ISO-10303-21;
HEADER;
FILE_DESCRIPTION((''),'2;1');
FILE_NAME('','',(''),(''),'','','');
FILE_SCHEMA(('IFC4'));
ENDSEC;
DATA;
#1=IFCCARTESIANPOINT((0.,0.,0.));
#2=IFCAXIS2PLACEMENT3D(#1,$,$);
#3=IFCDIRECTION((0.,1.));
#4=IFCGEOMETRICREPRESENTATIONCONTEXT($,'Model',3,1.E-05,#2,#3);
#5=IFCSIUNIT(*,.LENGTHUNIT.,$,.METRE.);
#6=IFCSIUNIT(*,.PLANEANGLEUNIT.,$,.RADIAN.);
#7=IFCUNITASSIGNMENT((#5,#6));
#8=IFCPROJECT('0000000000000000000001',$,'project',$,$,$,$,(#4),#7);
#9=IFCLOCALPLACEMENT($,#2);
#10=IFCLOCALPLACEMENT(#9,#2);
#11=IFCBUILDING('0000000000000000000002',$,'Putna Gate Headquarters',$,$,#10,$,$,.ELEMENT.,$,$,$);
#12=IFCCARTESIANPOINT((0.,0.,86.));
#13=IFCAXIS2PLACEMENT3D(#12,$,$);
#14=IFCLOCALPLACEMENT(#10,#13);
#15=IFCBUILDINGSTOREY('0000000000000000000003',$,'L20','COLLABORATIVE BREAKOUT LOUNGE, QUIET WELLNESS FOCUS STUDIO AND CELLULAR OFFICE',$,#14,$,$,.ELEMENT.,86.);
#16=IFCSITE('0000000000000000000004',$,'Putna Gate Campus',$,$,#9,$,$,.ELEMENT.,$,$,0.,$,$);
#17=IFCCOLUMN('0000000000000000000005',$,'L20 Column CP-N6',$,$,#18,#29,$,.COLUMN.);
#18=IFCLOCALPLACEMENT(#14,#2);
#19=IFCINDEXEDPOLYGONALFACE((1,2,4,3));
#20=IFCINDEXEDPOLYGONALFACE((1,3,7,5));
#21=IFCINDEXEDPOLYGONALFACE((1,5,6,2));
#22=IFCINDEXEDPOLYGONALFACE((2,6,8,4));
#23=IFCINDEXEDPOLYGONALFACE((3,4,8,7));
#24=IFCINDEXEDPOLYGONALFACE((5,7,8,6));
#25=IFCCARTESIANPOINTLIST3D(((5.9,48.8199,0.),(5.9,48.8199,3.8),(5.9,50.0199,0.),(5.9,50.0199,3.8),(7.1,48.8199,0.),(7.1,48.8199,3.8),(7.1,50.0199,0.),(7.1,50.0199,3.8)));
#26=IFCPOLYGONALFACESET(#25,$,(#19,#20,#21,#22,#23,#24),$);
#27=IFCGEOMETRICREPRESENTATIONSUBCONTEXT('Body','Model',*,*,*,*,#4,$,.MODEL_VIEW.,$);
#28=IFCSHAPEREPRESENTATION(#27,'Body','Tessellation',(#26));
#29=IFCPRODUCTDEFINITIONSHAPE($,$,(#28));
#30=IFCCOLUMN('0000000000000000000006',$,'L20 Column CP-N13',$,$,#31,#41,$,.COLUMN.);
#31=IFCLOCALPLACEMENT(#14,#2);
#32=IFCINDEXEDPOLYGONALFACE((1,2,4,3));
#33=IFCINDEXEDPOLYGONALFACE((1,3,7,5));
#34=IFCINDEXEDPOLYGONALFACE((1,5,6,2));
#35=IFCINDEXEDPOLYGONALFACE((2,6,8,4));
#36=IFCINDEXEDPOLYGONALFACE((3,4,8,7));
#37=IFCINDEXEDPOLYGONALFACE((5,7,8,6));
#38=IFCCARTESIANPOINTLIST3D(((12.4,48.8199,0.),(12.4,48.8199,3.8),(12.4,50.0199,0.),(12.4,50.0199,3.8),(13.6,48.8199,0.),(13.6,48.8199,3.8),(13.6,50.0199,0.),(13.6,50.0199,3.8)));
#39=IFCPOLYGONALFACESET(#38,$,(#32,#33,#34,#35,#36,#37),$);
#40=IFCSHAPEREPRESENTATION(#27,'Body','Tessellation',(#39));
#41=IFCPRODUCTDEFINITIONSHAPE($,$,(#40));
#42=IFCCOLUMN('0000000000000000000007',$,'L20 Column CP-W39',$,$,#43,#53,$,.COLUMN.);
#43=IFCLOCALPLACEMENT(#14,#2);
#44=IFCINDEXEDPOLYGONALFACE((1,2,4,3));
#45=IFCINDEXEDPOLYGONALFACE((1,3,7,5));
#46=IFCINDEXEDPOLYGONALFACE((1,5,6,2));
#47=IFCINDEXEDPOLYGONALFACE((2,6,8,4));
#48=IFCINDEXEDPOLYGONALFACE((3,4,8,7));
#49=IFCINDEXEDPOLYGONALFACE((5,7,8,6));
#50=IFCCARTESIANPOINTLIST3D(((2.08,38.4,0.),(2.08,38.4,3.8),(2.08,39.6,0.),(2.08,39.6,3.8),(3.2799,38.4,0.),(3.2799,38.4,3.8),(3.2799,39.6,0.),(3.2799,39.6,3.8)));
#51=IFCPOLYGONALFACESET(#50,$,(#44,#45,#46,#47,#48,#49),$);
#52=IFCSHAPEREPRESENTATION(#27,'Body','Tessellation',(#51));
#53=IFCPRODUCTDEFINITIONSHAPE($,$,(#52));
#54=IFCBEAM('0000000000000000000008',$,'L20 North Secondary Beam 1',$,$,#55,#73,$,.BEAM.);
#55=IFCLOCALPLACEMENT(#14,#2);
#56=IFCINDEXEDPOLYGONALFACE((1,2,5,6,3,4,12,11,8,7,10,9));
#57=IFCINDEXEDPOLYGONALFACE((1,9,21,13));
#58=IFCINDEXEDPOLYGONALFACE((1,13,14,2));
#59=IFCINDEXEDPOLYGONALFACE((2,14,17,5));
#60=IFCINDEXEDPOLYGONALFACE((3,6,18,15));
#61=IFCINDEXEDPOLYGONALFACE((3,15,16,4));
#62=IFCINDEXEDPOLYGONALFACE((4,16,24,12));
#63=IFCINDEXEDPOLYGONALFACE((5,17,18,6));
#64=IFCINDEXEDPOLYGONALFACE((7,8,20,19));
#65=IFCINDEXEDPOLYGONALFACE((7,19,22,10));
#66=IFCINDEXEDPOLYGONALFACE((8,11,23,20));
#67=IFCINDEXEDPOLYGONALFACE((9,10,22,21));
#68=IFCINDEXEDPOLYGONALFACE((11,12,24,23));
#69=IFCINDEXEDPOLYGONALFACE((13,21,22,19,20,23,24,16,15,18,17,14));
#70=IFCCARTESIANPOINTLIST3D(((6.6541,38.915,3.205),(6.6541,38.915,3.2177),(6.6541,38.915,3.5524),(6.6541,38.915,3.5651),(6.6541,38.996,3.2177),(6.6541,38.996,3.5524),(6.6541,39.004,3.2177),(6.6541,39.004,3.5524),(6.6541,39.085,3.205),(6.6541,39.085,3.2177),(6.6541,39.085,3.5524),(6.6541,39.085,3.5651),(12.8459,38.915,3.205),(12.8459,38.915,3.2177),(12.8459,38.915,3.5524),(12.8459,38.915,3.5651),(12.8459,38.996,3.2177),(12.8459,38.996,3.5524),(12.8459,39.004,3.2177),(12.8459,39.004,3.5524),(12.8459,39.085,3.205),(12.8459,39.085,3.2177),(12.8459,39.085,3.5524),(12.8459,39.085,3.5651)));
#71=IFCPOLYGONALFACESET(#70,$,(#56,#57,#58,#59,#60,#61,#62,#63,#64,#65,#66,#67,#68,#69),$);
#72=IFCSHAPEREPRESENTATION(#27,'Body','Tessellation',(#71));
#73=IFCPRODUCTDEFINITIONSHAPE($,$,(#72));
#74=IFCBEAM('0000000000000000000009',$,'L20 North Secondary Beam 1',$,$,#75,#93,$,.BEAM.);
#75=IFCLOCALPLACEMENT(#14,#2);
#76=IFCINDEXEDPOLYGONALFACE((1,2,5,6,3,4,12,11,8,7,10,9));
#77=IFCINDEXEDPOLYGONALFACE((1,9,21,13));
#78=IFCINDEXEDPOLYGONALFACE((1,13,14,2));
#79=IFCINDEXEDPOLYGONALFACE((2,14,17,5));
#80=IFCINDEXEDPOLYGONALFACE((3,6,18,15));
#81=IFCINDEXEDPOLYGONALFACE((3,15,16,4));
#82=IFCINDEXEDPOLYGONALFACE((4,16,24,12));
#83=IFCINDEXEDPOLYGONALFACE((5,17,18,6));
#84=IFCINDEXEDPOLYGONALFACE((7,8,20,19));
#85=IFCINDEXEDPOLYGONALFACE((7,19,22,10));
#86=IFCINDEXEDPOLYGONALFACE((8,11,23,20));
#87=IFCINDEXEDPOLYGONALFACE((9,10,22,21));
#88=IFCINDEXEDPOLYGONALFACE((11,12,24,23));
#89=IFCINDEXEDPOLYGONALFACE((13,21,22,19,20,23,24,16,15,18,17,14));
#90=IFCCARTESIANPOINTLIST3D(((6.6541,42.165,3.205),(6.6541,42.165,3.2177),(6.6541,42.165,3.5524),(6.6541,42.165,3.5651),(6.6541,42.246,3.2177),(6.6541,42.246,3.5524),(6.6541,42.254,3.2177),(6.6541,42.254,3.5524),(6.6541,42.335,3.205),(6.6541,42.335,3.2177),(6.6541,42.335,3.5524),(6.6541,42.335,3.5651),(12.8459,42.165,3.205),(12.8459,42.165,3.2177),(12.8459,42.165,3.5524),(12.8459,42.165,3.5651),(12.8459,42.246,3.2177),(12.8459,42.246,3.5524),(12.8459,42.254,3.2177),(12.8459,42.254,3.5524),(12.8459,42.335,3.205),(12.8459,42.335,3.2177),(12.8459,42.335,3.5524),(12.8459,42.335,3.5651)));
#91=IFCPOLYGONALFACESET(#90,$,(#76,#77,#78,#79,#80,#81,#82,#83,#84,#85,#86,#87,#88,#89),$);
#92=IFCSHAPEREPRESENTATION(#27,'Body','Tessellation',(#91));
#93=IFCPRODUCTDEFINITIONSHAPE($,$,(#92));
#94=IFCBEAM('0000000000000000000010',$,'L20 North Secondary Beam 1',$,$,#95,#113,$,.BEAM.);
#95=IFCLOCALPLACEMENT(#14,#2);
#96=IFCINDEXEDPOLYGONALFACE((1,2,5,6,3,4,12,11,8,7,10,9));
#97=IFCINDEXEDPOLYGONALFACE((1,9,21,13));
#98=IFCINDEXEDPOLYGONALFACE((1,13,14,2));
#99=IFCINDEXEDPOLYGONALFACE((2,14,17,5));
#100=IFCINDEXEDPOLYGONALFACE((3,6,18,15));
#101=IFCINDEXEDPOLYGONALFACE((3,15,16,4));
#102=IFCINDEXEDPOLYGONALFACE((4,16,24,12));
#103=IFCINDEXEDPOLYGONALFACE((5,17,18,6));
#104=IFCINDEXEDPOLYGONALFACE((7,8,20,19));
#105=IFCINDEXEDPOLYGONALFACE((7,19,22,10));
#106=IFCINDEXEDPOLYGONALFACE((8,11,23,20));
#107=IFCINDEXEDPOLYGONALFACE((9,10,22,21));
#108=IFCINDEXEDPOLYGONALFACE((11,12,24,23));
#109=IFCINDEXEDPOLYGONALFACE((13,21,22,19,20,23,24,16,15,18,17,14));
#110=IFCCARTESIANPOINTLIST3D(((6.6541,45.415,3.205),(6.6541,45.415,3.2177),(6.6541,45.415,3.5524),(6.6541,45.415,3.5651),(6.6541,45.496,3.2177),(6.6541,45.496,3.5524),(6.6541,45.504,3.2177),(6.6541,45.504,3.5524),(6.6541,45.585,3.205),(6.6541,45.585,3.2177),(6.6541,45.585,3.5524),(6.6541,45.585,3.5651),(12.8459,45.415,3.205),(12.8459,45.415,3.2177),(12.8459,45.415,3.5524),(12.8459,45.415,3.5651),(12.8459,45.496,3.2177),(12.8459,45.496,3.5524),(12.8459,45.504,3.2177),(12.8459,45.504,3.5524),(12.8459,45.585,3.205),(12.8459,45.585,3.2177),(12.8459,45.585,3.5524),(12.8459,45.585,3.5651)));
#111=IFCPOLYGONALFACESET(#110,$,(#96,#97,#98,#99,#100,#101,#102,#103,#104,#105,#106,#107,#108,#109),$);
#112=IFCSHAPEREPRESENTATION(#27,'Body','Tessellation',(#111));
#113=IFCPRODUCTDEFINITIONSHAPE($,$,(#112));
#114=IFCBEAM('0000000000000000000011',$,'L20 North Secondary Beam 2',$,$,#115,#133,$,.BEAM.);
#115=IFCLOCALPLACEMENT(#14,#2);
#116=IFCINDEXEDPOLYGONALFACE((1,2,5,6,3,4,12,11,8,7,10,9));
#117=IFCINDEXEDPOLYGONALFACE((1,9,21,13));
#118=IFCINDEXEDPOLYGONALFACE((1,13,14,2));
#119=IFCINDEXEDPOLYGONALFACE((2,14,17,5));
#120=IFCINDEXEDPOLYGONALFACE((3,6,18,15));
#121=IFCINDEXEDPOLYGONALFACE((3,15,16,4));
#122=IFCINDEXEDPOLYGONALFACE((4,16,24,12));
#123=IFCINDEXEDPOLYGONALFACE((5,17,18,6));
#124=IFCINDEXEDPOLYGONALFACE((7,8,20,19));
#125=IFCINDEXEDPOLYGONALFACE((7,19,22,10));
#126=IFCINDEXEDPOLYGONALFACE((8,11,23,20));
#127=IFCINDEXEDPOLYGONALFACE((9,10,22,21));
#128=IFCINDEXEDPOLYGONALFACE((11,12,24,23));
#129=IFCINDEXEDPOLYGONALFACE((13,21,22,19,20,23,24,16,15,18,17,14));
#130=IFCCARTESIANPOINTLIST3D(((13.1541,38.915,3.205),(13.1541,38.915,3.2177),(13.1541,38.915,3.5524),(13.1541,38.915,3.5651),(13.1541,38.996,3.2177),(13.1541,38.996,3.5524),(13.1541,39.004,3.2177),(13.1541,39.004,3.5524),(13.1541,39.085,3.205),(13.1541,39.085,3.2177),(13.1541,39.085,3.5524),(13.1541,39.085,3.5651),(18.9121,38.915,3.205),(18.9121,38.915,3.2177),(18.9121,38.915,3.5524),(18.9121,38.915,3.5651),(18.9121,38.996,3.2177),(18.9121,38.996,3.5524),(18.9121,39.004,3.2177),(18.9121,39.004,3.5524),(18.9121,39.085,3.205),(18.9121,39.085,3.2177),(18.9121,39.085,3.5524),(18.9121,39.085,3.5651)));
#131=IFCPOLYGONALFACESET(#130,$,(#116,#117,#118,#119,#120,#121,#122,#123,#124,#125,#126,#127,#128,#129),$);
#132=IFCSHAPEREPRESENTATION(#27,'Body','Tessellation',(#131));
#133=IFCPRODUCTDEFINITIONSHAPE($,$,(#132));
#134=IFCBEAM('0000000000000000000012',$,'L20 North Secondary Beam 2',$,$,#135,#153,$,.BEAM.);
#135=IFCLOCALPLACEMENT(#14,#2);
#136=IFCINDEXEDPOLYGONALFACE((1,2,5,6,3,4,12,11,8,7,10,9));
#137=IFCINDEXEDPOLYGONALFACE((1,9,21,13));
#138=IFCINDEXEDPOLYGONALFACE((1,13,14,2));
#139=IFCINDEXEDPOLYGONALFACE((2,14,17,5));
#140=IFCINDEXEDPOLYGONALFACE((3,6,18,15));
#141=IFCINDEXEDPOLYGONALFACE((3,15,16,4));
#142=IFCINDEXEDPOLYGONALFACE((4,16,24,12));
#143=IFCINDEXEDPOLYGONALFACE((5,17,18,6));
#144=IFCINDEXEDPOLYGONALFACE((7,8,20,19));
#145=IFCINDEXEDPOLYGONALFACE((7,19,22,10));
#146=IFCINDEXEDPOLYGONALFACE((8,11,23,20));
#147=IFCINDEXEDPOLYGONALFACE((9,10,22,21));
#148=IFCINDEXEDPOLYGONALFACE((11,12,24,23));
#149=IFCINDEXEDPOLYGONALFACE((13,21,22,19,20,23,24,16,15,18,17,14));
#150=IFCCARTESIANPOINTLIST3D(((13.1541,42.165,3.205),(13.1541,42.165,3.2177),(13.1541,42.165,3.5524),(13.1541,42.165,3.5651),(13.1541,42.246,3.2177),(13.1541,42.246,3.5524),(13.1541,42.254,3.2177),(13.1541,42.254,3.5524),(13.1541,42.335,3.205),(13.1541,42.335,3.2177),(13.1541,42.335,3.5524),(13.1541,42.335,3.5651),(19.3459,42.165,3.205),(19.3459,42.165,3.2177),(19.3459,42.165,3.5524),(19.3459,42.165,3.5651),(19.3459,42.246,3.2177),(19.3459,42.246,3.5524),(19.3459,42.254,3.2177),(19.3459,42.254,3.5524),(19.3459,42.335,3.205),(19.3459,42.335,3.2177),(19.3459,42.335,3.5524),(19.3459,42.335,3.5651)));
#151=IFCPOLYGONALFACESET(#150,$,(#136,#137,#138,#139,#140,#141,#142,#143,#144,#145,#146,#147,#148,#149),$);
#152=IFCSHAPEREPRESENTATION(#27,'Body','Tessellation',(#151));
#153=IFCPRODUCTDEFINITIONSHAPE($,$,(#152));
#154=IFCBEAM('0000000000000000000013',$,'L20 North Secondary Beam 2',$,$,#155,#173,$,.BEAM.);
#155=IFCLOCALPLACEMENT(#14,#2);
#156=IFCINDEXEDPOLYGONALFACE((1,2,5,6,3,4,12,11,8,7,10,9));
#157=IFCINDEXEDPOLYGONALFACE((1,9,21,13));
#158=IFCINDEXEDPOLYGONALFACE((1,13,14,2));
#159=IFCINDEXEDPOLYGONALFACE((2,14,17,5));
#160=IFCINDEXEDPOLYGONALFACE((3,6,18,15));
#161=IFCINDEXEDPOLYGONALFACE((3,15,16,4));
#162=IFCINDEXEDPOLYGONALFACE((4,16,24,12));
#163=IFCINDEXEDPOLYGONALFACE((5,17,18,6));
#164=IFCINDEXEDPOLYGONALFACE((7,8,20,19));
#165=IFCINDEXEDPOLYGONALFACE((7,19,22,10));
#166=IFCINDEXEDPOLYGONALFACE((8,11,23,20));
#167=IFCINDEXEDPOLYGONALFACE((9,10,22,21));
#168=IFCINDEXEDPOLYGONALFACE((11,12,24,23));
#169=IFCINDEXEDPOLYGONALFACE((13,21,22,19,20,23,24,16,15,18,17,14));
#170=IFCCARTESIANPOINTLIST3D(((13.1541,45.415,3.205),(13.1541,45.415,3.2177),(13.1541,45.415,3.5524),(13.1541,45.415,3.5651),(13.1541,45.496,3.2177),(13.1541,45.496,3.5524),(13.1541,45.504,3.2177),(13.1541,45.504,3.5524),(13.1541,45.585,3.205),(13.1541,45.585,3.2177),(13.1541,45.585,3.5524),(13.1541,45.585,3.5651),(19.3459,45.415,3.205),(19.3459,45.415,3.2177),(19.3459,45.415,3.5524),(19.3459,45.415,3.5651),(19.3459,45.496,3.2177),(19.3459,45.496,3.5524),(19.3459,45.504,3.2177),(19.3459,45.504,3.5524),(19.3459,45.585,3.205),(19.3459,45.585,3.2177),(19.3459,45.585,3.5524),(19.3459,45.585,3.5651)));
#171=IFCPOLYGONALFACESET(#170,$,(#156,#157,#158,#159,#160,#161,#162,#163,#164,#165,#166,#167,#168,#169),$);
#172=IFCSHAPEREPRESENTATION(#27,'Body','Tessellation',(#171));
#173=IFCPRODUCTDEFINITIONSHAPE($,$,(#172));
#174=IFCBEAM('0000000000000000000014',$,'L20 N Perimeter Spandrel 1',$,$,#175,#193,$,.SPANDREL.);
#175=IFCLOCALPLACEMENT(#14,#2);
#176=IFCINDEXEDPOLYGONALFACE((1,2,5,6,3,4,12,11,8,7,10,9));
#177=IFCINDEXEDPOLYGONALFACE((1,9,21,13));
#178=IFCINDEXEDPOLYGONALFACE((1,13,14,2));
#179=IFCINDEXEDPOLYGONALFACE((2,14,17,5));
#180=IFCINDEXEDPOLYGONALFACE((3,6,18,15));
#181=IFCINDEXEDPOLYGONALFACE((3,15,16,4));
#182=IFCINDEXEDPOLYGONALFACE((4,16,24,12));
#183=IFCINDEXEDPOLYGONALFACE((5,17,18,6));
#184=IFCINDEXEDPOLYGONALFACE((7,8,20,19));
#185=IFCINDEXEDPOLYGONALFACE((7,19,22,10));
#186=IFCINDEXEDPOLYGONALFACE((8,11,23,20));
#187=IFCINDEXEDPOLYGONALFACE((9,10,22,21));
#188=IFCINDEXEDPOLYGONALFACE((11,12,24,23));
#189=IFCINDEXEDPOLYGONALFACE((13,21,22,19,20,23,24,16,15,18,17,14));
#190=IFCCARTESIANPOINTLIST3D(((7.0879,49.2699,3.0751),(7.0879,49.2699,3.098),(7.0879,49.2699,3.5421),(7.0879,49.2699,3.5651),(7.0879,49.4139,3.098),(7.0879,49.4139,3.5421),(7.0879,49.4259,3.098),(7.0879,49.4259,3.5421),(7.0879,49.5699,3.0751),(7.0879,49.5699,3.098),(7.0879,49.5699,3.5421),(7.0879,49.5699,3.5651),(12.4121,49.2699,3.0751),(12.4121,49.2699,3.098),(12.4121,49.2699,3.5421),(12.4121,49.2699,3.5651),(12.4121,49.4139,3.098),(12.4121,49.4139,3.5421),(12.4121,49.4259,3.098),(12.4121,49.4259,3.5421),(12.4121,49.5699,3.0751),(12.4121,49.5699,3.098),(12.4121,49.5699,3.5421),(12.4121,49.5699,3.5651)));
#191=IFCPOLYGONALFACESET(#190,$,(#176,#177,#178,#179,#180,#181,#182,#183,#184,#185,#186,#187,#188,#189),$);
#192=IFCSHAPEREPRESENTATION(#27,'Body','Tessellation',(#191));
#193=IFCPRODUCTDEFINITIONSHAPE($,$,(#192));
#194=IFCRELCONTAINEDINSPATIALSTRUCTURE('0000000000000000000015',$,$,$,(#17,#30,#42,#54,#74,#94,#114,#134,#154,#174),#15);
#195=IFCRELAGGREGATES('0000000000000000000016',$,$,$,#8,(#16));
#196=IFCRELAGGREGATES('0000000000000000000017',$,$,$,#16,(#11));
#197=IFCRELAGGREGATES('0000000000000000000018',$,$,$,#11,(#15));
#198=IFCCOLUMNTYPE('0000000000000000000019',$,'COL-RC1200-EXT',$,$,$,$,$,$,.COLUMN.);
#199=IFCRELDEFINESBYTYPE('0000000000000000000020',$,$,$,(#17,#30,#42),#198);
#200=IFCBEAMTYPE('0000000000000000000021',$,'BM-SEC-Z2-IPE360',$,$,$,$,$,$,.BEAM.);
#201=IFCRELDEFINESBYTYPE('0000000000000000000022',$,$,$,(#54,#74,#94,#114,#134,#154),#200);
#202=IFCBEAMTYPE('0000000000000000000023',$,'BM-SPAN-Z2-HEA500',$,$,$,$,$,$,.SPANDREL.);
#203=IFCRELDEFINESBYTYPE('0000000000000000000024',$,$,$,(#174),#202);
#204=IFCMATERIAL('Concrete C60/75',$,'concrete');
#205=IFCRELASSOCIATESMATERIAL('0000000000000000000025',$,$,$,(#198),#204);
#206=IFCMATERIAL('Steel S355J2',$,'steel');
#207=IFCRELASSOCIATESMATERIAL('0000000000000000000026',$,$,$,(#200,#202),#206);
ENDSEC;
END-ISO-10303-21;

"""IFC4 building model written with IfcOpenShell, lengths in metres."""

from ifc_helpers import new_model, si_unit, direction, frame, origin, origin_2d, place, context, subcontext, project, spatial, rectangle, i_section, extrude, material, material_profile, profile_set, type_object, element, save


model = new_model("IFC4")

# Units and contexts
model_context = context("Model", 3, precision=1e-05, world=origin(), true_north=direction((0.0, 1.0)))
body_context = subcontext(model_context, "Body", "Model", "MODEL_VIEW")
ifc_project = project(units=[si_unit("LENGTHUNIT", "METRE"), si_unit("PLANEANGLEUNIT", "RADIAN")], contexts=[model_context])

# Site, building, storey
site_placement = place(None, origin())
site = spatial("IfcSite", under=ifc_project, at=site_placement, Name="Putna Gate Campus", CompositionType="ELEMENT", RefElevation=0.0)
building_placement = place(site_placement, origin())
building = spatial("IfcBuilding", under=site, at=building_placement, Name="Putna Gate Headquarters", CompositionType="ELEMENT")
storey_placement = place(building_placement, frame((0.0, 0.0, 86.0)))
storey = spatial("IfcBuildingStorey", under=building, at=storey_placement, Name="L20", Description="COLLABORATIVE BREAKOUT LOUNGE, QUIET WELLNESS FOCUS STUDIO AND CELLULAR OFFICE", CompositionType="ELEMENT", Elevation=86.0)

# Columns
ifc_material_1 = material(Name="Concrete C60/75", Category="concrete")
ifc_material_profile_1 = material_profile(ifc_material_1, rectangle(XDim=1.2, YDim=1.2, at=origin_2d()), Name="Concrete C60/75")
ifc_profile_set_1 = profile_set([ifc_material_profile_1], Name="Concrete C60/75")
column_type = type_object("IfcColumnType", Name="COL-RC1200-EXT", PredefinedType="COLUMN", material=ifc_profile_set_1)
for number, where, z_axis, x_axis, name in (
    (1, (6.5, 49.4199, 0.0), (0.0, 0.0, 1.0), (1.0, 0.0, 0.0), "L20 Column CP-N6"),
    (2, (13.0, 49.4199, 0.0), (0.0, 0.0, 1.0), (1.0, 0.0, 0.0), "L20 Column CP-N13"),
    (3, (2.6799, 39.0, 0.0), (0.0, 0.0, 1.0), (1.0, 0.0, 0.0), "L20 Column CP-W39"),
):
    element("IfcColumn", number, at=place(storey_placement, frame(where, z_axis=z_axis, x_axis=x_axis)), inside=storey, type_object=column_type, Name=name, PredefinedType="COLUMN", context=body_context, shape_type="SweptSolid", body=[
        extrude(rectangle(XDim=1.2, YDim=1.2, at=origin_2d()), origin(), (0.0, 0.0, 1.0), 3.8),
    ])

# Beams
ifc_material_2 = material(Name="Steel S355J2", Category="steel")
ifc_material_profile_2 = material_profile(ifc_material_2, i_section(OverallWidth=0.1699, OverallDepth=0.3601, WebThickness=0.0081, FlangeThickness=0.0127, at=origin_2d()), Name="Steel S355J2")
ifc_profile_set_2 = profile_set([ifc_material_profile_2], Name="Steel S355J2")
beam_type_1 = type_object("IfcBeamType", Name="BM-SEC-Z2-IPE360", PredefinedType="BEAM", material=ifc_profile_set_2)
for number, where, z_axis, x_axis, name in (
    (4, (6.6541, 39.0, 3.385), (1.0, 0.0, 0.0), (0.0, 1.0, 0.0), "L20 North Secondary Beam 1"),
    (5, (6.6541, 42.25, 3.385), (1.0, 0.0, 0.0), (0.0, 1.0, 0.0), "L20 North Secondary Beam 1"),
    (6, (6.6541, 45.5, 3.385), (1.0, 0.0, 0.0), (0.0, 1.0, 0.0), "L20 North Secondary Beam 1"),
):
    element("IfcBeam", number, at=place(storey_placement, frame(where, z_axis=z_axis, x_axis=x_axis)), inside=storey, type_object=beam_type_1, Name=name, PredefinedType="BEAM", context=body_context, shape_type="SweptSolid", body=[
        extrude(i_section(OverallWidth=0.1699, OverallDepth=0.3601, WebThickness=0.0081, FlangeThickness=0.0127, at=origin_2d()), origin(), (0.0, 0.0, 1.0), 6.1919),
    ])
beam_placement = place(storey_placement, frame((13.1541, 39.0, 3.385), z_axis=(1.0, 0.0, 0.0), x_axis=(0.0, 1.0, 0.0)))
element("IfcBeam", 7, at=beam_placement, inside=storey, type_object=beam_type_1, Name="L20 North Secondary Beam 2", PredefinedType="BEAM", context=body_context, shape_type="SweptSolid", body=[
    extrude(i_section(OverallWidth=0.1699, OverallDepth=0.3601, WebThickness=0.0081, FlangeThickness=0.0127, at=origin_2d()), origin(), (0.0, 0.0, 1.0), 5.7581),
])
for number, where, z_axis, x_axis, name in (
    (8, (13.1541, 42.25, 3.385), (1.0, 0.0, 0.0), (0.0, 1.0, 0.0), "L20 North Secondary Beam 2"),
    (9, (13.1541, 45.5, 3.385), (1.0, 0.0, 0.0), (0.0, 1.0, 0.0), "L20 North Secondary Beam 2"),
):
    element("IfcBeam", number, at=place(storey_placement, frame(where, z_axis=z_axis, x_axis=x_axis)), inside=storey, type_object=beam_type_1, Name=name, PredefinedType="BEAM", context=body_context, shape_type="SweptSolid", body=[
        extrude(i_section(OverallWidth=0.1699, OverallDepth=0.3601, WebThickness=0.0081, FlangeThickness=0.0127, at=origin_2d()), origin(), (0.0, 0.0, 1.0), 6.1919),
    ])
ifc_material_profile_3 = material_profile(ifc_material_2, i_section(OverallWidth=0.3, OverallDepth=0.49, WebThickness=0.012, FlangeThickness=0.0229, at=origin_2d()), Name="Steel S355J2")
ifc_profile_set_3 = profile_set([ifc_material_profile_3], Name="Steel S355J2")
beam_type_2 = type_object("IfcBeamType", Name="BM-SPAN-Z2-HEA500", PredefinedType="SPANDREL", material=ifc_profile_set_3)
for number, where, z_axis, x_axis, name in (
    (10, (7.0879, 49.4199, 3.3201), (1.0, 0.0, 0.0), (0.0, 1.0, 0.0), "L20 N Perimeter Spandrel 1"),
):
    element("IfcBeam", number, at=place(storey_placement, frame(where, z_axis=z_axis, x_axis=x_axis)), inside=storey, type_object=beam_type_2, Name=name, PredefinedType="SPANDREL", context=body_context, shape_type="SweptSolid", body=[
        extrude(i_section(OverallWidth=0.3, OverallDepth=0.49, WebThickness=0.012, FlangeThickness=0.0229, at=origin_2d()), origin(), (0.0, 0.0, 1.0), 5.3242),
    ])

save(model, "model.ifc")
